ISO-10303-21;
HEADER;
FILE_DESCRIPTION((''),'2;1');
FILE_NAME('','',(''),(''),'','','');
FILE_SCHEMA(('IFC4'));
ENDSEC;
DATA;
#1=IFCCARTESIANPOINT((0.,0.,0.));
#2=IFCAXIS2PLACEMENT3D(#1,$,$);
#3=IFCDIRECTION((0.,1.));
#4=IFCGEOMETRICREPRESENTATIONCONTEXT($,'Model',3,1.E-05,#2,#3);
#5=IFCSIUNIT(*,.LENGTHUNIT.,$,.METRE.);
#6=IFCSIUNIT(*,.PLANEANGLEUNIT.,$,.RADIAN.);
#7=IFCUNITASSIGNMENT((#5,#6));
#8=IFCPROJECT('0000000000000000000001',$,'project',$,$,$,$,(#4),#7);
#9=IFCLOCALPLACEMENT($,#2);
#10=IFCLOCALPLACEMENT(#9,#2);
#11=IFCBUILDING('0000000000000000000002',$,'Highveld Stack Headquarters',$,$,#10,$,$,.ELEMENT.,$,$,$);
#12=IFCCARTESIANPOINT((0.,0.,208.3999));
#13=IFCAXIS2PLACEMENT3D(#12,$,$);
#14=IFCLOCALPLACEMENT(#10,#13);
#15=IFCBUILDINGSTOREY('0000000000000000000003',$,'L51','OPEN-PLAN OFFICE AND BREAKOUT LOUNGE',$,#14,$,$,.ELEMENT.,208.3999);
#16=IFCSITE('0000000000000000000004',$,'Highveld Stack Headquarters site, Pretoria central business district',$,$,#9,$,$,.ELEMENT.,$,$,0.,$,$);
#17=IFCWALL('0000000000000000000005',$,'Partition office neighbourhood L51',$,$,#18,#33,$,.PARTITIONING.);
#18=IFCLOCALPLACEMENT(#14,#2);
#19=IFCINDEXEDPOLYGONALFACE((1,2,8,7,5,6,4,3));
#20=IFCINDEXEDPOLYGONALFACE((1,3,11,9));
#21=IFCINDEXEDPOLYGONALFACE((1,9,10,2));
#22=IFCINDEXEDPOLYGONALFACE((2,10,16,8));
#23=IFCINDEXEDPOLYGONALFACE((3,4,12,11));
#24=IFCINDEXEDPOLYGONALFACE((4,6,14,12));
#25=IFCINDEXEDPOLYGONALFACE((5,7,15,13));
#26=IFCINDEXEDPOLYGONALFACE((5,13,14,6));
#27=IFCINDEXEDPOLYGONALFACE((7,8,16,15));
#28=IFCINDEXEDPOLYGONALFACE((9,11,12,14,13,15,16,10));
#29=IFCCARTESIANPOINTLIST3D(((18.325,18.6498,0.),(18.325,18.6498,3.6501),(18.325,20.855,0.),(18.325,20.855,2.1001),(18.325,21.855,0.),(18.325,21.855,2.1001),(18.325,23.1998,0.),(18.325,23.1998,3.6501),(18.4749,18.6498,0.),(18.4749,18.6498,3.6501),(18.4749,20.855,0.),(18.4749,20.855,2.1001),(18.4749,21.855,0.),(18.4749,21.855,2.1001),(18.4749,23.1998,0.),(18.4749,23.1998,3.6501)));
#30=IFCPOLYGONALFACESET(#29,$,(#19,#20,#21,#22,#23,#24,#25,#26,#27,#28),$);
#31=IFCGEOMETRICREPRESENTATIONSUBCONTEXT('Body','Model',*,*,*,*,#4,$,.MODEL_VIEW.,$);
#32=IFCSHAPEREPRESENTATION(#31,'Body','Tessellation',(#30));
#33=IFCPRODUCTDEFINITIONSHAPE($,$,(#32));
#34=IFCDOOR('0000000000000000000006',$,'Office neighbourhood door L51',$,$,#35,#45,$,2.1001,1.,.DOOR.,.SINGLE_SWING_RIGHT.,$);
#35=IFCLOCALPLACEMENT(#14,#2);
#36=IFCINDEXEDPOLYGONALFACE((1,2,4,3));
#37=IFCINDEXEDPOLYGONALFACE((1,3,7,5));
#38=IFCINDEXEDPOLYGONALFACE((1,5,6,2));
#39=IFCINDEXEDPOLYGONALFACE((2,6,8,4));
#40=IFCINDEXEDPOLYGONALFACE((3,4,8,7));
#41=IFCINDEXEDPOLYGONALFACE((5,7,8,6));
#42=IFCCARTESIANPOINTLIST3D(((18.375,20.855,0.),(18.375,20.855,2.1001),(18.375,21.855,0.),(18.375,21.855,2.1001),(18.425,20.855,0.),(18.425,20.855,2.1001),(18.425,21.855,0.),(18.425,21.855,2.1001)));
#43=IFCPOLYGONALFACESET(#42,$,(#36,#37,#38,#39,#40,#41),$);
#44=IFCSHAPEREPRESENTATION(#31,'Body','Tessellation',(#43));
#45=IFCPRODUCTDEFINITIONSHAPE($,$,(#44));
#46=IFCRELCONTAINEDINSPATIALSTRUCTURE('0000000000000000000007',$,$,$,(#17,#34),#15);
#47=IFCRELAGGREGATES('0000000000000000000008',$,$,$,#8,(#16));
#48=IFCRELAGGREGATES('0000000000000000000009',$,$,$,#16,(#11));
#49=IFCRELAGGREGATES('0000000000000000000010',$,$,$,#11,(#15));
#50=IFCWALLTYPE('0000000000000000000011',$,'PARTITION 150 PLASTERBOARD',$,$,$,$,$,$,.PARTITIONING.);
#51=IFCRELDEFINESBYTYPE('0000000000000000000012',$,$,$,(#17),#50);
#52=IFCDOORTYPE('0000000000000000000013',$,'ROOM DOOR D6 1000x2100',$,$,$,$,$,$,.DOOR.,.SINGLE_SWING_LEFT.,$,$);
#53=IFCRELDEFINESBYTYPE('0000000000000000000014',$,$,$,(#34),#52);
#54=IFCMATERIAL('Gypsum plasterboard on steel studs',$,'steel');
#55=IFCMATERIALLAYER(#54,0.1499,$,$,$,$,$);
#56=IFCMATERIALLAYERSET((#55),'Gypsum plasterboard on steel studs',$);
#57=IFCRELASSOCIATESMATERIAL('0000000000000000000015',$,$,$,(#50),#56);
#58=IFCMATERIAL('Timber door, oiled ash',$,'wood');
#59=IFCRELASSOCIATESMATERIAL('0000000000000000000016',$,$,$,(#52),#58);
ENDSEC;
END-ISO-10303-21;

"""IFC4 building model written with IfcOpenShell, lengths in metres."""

from ifc_helpers import new_model, si_unit, direction, frame, frame_2d, origin, place, context, subcontext, project, spatial, rectangle, extrude, material, layer, layer_set, type_object, element, fill, save


model = new_model("IFC4")

# Units and contexts
model_context = context("Model", 3, precision=1e-05, world=origin(), true_north=direction((0.0, 1.0)))
body_context = subcontext(model_context, "Body", "Model", "MODEL_VIEW")
ifc_project = project(units=[si_unit("LENGTHUNIT", "METRE"), si_unit("PLANEANGLEUNIT", "RADIAN")], contexts=[model_context])

# Site, building, storey
site_placement = place(None, origin())
site = spatial("IfcSite", under=ifc_project, at=site_placement, Name="Highveld Stack Headquarters site, Pretoria central business district", CompositionType="ELEMENT", RefElevation=0.0)
building_placement = place(site_placement, origin())
building = spatial("IfcBuilding", under=site, at=building_placement, Name="Highveld Stack Headquarters", CompositionType="ELEMENT")
storey_placement = place(building_placement, frame((0.0, 0.0, 208.3999)))
storey = spatial("IfcBuildingStorey", under=building, at=storey_placement, Name="L51", Description="OPEN-PLAN OFFICE AND BREAKOUT LOUNGE", CompositionType="ELEMENT", Elevation=208.3999)

# Shared definitions
ifc_material_1 = material(Name="Gypsum plasterboard on steel studs", Category="steel")
ifc_layer_1 = layer(ifc_material_1, 0.1499)
ifc_layer_set_1 = layer_set([ifc_layer_1], Name="Gypsum plasterboard on steel studs")
wall_type_1 = type_object("IfcWallType", Name="PARTITION 150 PLASTERBOARD", PredefinedType="PARTITIONING", material=ifc_layer_set_1)

# Wall, opening, door
wall_1_placement = place(storey_placement, frame((18.3999, 18.6499, 0.0), z_axis=(0.0, 0.0, 1.0), x_axis=(0.0, 1.0, 0.0)))
wall_1 = element("IfcWall", 1, at=wall_1_placement, inside=storey, type_object=wall_type_1, Name="Partition office neighbourhood L51", PredefinedType="PARTITIONING", context=body_context, shape_type="SweptSolid", body=[
    extrude(rectangle(XDim=4.55, YDim=0.1499, at=frame_2d((2.2749, 0.0))), origin(), (0.0, 0.0, 1.0), 3.6501),
])
opening_placement = place(wall_1_placement, frame((2.2051, 0.0, 0.0)))
opening = element("IfcOpeningElement", 2, at=opening_placement, cuts=wall_1, PredefinedType="OPENING", context=body_context, shape_type="SweptSolid", body=[
    extrude(rectangle(XDim=1.0, YDim=2.1001, at=frame_2d((0.5, 1.05))), frame((0.0, 0.085, 0.0), z_axis=(0.0, -1.0, 0.0), x_axis=(1.0, 0.0, 0.0)), (0.0, 0.0, 1.0), 0.1699),
])
ifc_material_2 = material(Name="Timber door, oiled ash", Category="wood")
door_type = type_object("IfcDoorType", Name="ROOM DOOR D6 1000x2100", OperationType="SINGLE_SWING_LEFT", PredefinedType="DOOR", material=ifc_material_2)
door_placement = place(opening_placement, origin())
door = element("IfcDoor", 3, at=door_placement, inside=storey, type_object=door_type, Name="Office neighbourhood door L51", OperationType="SINGLE_SWING_RIGHT", OverallHeight=2.1001, OverallWidth=1.0, PredefinedType="DOOR", context=body_context, shape_type="SweptSolid", body=[
    extrude(rectangle(XDim=1.0, YDim=2.1001, at=frame_2d((0.5, 1.05))), frame((0.0, 0.0249, 0.0), z_axis=(0.0, -1.0, 0.0), x_axis=(1.0, 0.0, 0.0)), (0.0, 0.0, 1.0), 0.05),
])
fill(opening, door)

save(model, "model.ifc")
